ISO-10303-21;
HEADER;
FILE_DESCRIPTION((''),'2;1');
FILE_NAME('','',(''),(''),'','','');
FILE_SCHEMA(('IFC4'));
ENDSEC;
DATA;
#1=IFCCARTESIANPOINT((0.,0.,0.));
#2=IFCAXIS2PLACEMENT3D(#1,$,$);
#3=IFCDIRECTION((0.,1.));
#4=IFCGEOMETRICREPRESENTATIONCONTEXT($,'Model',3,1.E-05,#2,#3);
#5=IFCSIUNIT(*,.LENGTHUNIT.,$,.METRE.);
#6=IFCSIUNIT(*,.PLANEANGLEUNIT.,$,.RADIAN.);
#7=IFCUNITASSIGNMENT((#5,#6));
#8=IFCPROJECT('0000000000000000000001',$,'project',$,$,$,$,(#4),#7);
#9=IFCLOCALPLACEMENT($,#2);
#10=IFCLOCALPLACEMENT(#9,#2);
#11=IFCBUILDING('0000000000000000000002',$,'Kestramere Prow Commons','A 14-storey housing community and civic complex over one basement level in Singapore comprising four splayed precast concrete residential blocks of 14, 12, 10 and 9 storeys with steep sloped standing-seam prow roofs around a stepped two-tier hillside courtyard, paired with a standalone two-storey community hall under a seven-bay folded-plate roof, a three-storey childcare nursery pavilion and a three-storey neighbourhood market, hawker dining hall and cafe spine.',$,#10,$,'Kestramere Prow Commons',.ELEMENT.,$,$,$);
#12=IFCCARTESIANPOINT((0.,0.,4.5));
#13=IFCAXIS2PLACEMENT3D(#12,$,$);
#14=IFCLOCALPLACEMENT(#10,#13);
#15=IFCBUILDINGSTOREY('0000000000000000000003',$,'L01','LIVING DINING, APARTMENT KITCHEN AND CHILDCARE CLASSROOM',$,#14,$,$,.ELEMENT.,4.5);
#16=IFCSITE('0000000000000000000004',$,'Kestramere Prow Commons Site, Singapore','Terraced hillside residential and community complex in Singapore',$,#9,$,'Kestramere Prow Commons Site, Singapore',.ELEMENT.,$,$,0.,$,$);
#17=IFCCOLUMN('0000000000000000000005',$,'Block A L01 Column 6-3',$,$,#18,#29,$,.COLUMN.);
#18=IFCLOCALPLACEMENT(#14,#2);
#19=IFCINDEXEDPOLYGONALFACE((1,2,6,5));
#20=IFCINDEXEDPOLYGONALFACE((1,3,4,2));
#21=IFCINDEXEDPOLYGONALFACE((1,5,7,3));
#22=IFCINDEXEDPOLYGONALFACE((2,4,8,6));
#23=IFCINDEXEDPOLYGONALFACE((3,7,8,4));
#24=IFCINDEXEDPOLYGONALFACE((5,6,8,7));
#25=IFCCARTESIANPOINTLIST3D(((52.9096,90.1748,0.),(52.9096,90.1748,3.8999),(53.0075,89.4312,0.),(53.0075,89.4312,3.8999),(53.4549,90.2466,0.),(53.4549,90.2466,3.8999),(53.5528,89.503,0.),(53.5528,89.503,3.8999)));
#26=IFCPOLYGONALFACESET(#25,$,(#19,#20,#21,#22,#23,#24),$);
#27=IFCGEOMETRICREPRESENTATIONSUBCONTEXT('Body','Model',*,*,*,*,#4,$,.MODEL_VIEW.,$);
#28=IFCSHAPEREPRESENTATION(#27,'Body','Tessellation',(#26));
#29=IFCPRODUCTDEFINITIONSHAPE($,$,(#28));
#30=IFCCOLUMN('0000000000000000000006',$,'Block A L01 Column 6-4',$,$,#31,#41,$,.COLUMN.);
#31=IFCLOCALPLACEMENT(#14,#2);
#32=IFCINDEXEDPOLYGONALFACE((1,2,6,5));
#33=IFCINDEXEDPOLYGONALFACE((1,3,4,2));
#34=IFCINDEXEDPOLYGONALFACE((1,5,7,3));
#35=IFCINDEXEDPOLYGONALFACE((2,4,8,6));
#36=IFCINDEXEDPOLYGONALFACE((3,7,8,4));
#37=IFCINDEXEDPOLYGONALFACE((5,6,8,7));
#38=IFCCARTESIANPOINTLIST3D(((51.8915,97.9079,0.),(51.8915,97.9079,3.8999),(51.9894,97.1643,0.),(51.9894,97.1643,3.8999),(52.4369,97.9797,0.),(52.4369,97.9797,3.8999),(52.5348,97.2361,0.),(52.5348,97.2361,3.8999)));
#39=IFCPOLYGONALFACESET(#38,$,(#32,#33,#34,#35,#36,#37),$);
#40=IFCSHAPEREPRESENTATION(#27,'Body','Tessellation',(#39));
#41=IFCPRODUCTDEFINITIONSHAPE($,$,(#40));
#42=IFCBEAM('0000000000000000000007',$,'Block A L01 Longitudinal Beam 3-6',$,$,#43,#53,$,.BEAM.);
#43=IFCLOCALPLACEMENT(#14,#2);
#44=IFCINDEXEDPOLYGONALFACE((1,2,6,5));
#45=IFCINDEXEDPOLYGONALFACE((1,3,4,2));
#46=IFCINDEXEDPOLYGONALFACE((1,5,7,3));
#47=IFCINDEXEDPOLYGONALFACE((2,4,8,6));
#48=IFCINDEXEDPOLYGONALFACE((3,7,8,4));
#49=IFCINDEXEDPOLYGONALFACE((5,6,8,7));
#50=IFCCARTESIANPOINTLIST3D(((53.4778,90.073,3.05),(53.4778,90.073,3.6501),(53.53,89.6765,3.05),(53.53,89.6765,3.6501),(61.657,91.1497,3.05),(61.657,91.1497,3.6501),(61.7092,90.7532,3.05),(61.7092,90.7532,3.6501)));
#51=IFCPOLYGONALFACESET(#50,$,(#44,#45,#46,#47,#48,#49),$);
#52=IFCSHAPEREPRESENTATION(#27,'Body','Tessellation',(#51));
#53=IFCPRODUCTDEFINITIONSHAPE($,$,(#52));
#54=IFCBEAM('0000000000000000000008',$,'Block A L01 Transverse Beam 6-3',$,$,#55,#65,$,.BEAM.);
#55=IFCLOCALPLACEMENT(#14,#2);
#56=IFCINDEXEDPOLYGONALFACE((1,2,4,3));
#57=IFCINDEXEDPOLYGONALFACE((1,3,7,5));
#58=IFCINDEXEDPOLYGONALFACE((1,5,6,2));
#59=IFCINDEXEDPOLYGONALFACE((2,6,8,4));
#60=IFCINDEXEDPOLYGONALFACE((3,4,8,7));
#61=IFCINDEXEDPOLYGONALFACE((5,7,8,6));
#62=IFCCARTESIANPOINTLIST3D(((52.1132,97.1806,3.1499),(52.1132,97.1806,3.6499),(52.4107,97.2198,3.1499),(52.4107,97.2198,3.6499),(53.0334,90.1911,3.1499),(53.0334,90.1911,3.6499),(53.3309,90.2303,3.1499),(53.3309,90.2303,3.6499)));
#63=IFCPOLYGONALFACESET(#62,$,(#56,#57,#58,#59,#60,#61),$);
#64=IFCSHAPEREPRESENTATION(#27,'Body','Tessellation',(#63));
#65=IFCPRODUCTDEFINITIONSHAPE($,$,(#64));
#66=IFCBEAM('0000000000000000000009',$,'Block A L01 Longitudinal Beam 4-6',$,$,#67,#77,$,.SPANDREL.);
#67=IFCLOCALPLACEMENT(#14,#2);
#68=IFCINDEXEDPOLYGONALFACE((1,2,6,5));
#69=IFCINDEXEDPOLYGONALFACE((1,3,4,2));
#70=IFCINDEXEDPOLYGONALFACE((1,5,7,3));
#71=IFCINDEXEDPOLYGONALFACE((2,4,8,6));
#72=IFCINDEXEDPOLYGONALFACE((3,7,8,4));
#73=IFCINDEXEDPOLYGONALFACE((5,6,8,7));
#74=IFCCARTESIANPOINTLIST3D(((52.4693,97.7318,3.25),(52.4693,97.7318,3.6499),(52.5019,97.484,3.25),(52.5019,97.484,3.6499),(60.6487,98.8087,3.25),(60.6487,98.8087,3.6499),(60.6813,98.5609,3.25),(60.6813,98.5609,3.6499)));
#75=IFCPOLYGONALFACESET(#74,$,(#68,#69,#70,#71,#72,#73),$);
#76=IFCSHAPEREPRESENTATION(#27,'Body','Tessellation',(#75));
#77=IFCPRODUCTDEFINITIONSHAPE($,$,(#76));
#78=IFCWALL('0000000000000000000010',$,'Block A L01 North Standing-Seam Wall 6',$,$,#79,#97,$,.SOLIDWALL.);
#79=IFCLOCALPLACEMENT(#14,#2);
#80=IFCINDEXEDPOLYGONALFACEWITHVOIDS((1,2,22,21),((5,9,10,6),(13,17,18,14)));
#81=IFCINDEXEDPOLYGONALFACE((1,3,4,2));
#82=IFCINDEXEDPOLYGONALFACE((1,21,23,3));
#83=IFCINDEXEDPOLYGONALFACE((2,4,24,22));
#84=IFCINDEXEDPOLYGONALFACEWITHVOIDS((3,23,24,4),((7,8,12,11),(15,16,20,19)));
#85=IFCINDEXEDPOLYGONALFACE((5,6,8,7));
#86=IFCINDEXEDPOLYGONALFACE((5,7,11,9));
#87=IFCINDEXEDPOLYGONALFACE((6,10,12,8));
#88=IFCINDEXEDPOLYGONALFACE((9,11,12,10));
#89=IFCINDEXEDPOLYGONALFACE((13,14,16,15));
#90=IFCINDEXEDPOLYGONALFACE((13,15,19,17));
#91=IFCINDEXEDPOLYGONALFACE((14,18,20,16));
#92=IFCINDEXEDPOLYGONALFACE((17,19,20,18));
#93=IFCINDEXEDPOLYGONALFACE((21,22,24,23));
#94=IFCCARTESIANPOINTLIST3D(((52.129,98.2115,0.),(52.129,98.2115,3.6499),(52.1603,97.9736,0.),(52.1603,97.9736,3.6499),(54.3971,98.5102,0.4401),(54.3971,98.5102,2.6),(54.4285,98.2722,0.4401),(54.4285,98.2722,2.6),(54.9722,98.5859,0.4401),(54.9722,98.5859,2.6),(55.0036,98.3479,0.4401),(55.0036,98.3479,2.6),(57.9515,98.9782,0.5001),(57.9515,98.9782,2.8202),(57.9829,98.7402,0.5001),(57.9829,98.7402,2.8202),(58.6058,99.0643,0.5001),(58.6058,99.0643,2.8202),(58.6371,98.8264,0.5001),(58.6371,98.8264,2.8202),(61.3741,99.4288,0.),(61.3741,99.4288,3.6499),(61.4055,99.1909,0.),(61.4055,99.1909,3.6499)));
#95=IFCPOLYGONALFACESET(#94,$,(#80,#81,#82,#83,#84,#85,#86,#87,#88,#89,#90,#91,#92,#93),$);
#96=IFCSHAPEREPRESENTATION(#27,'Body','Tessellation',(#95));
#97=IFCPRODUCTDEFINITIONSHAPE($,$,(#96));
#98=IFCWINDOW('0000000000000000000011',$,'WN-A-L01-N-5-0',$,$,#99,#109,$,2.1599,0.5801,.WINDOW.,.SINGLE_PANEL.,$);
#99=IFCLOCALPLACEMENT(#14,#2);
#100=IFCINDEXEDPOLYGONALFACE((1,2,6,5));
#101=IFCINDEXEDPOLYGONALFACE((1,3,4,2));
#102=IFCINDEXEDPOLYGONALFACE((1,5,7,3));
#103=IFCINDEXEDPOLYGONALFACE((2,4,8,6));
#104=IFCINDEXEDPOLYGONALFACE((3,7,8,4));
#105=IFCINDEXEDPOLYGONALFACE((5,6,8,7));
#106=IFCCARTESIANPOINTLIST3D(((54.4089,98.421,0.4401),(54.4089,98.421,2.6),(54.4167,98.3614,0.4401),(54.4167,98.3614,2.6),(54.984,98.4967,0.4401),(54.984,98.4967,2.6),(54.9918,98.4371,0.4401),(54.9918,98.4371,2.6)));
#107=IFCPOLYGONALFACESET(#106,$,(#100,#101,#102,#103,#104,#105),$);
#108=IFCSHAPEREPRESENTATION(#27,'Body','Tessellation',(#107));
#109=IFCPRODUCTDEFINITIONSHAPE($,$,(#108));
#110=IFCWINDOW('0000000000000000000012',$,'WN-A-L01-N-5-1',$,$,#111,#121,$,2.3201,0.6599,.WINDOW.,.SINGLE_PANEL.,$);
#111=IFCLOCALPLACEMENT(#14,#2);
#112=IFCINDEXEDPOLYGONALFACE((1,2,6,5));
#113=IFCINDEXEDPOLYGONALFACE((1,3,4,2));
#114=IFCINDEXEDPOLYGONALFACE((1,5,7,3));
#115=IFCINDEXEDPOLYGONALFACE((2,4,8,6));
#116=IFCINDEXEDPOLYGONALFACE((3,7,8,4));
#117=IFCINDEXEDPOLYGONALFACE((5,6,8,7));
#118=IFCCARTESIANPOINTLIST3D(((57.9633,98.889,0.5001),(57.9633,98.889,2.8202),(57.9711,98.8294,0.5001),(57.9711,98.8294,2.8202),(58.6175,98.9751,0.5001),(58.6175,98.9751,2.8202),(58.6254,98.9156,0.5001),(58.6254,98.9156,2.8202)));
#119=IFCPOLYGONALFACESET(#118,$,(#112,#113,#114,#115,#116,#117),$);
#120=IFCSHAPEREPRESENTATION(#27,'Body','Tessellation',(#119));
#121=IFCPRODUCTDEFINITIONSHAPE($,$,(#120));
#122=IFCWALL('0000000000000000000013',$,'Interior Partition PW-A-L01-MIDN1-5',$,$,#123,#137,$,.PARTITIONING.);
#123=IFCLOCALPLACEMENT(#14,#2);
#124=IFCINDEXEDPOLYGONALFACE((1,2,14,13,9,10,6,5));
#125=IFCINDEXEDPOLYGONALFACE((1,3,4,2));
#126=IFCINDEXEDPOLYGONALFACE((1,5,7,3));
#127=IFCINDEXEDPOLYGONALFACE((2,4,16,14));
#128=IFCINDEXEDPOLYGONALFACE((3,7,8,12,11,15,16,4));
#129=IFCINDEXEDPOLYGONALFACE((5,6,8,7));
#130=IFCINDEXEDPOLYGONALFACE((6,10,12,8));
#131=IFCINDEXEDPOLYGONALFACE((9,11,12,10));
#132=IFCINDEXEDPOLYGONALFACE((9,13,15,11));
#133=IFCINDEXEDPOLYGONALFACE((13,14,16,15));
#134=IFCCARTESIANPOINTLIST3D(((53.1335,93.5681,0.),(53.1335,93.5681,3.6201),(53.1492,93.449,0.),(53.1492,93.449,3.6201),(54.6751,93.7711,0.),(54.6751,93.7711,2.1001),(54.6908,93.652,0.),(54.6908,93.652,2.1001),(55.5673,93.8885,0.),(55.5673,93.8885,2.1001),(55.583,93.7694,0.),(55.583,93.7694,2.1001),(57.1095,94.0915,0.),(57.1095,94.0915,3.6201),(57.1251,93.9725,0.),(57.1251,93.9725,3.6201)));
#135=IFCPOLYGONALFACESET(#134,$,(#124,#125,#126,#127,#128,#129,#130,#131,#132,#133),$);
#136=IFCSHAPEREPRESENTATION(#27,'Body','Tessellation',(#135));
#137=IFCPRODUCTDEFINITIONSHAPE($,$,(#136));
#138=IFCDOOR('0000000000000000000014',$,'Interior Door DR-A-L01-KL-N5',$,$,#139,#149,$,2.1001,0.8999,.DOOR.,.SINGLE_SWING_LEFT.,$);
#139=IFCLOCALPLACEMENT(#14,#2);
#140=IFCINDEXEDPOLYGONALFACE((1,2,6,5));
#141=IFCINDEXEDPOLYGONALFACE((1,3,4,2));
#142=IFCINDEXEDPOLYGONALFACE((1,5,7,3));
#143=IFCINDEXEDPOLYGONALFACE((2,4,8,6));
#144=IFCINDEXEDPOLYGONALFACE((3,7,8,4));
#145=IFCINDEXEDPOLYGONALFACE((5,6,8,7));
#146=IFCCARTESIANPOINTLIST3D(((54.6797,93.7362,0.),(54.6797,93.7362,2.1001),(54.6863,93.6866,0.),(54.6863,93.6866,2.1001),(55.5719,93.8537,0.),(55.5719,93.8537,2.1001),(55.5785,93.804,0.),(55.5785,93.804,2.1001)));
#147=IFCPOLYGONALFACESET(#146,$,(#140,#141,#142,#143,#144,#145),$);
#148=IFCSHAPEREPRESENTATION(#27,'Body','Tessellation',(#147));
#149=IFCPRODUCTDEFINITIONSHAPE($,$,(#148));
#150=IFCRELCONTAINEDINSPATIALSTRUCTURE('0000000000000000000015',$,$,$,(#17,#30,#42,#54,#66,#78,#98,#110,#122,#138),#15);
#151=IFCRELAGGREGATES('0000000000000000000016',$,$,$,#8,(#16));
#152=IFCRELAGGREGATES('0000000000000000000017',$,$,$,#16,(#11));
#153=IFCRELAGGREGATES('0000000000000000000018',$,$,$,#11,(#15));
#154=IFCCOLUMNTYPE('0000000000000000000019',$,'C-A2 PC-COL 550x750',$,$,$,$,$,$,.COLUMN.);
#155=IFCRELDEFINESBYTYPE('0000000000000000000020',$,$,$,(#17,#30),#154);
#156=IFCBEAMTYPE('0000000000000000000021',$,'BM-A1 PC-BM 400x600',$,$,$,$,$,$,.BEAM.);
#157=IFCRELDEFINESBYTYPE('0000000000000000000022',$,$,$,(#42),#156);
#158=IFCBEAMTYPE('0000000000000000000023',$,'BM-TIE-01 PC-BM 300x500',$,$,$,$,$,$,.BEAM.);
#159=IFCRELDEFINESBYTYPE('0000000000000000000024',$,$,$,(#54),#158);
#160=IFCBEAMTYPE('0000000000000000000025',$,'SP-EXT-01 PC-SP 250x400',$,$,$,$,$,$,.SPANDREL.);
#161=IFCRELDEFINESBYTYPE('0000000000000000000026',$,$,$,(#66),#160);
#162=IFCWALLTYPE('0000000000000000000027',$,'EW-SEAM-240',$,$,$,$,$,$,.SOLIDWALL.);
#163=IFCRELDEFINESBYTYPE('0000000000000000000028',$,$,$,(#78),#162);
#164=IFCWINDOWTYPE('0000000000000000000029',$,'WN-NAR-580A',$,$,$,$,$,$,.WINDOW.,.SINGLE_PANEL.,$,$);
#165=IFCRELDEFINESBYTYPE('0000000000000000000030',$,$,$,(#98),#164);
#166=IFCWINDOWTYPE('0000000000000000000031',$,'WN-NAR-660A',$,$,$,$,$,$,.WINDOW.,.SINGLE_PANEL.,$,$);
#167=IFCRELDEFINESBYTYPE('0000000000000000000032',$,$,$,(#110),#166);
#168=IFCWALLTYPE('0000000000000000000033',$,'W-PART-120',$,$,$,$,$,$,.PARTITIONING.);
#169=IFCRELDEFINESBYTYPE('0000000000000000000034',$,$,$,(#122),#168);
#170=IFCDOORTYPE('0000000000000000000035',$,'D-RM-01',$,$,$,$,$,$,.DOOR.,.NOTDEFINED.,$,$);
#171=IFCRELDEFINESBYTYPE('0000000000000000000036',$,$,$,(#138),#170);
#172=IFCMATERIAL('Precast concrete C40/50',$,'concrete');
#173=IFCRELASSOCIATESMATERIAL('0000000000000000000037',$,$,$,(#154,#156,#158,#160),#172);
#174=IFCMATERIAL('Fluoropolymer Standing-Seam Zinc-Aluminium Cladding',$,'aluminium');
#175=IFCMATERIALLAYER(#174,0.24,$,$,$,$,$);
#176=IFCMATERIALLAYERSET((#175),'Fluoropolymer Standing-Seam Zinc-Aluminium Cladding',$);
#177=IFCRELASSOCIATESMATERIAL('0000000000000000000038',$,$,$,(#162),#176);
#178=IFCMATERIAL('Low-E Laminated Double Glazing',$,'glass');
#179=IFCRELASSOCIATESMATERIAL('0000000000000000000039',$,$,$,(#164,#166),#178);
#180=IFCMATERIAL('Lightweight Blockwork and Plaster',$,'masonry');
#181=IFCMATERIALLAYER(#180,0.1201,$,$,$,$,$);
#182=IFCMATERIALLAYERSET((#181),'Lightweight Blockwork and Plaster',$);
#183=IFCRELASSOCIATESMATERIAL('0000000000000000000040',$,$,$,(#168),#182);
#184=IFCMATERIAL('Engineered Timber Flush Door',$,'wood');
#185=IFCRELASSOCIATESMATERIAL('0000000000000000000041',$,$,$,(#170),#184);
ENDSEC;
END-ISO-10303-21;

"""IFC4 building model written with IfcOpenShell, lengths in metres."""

from ifc_helpers import new_model, si_unit, direction, frame, frame_2d, origin, origin_2d, place, context, subcontext, project, spatial, rectangle, extrude, material, layer, layer_set, material_profile, profile_set, type_object, element, fill, save


model = new_model("IFC4")

# Units and contexts
model_context = context("Model", 3, precision=1e-05, world=origin(), true_north=direction((0.0, 1.0)))
body_context = subcontext(model_context, "Body", "Model", "MODEL_VIEW")
ifc_project = project(units=[si_unit("LENGTHUNIT", "METRE"), si_unit("PLANEANGLEUNIT", "RADIAN")], contexts=[model_context])

# Site, building, storey
site_placement = place(None, origin())
site = spatial("IfcSite", under=ifc_project, at=site_placement, Name="Kestramere Prow Commons Site, Singapore", Description="Terraced hillside residential and community complex in Singapore", LongName="Kestramere Prow Commons Site, Singapore", CompositionType="ELEMENT", RefElevation=0.0)
building_placement = place(site_placement, origin())
building = spatial("IfcBuilding", under=site, at=building_placement, Name="Kestramere Prow Commons", Description="A 14-storey housing community and civic complex over one basement level in Singapore comprising four splayed precast concrete residential blocks of 14, 12, 10 and 9 storeys with steep sloped standing-seam prow roofs around a stepped two-tier hillside courtyard, paired with a standalone two-storey community hall under a seven-bay folded-plate roof, a three-storey childcare nursery pavilion and a three-storey neighbourhood market, hawker dining hall and cafe spine.", LongName="Kestramere Prow Commons", CompositionType="ELEMENT")
storey_placement = place(building_placement, frame((0.0, 0.0, 4.5)))
storey = spatial("IfcBuildingStorey", under=building, at=storey_placement, Name="L01", Description="LIVING DINING, APARTMENT KITCHEN AND CHILDCARE CLASSROOM", CompositionType="ELEMENT", Elevation=4.5)

# Columns
ifc_material_1 = material(Name="Precast concrete C40/50", Category="concrete")
ifc_material_profile_1 = material_profile(ifc_material_1, rectangle(XDim=0.55, YDim=0.75, at=origin_2d()), Name="PC-COL 550x750")
ifc_profile_set_1 = profile_set([ifc_material_profile_1], Name="Precast concrete C40/50")
column_type = type_object("IfcColumnType", Name="C-A2 PC-COL 550x750", PredefinedType="COLUMN", material=ifc_profile_set_1)
for number, where, z_axis, x_axis, name in (
    (1, (53.2312, 89.8389, 0.0), (0.0, 0.0, 1.0), (0.991445, 0.130526, 0.0), "Block A L01 Column 6-3"),
    (2, (52.2131, 97.572, 0.0), (0.0, 0.0, 1.0), (0.991445, 0.130526, 0.0), "Block A L01 Column 6-4"),
):
    element("IfcColumn", number, at=place(storey_placement, frame(where, z_axis=z_axis, x_axis=x_axis)), inside=storey, type_object=column_type, Name=name, PredefinedType="COLUMN", context=body_context, shape_type="SweptSolid", body=[
        extrude(rectangle(XDim=0.55, YDim=0.75, at=origin_2d()), origin(), (0.0, 0.0, 1.0), 3.8999),
    ])

# Beams
ifc_material_profile_2 = material_profile(ifc_material_1, rectangle(XDim=0.3999, YDim=0.6001, at=origin_2d()), Name="PC-BM 400x600")
ifc_profile_set_2 = profile_set([ifc_material_profile_2], Name="Precast concrete C40/50")
beam_type_1 = type_object("IfcBeamType", Name="BM-A1 PC-BM 400x600", PredefinedType="BEAM", material=ifc_profile_set_2)
beam_1_placement = place(storey_placement, frame((53.5039, 89.8748, 3.3501), z_axis=(0.991447, 0.130508, 0.0), x_axis=(-0.130508, 0.991447, 0.0)))
element("IfcBeam", 3, at=beam_1_placement, inside=storey, type_object=beam_type_1, Name="Block A L01 Longitudinal Beam 3-6", PredefinedType="BEAM", context=body_context, shape_type="SweptSolid", body=[
    extrude(rectangle(XDim=0.3999, YDim=0.6001, at=origin_2d()), origin(), (0.0, 0.0, 1.0), 8.2498),
])
ifc_material_profile_3 = material_profile(ifc_material_1, rectangle(XDim=0.3, YDim=0.5, at=origin_2d()), Name="PC-BM 300x500")
ifc_profile_set_3 = profile_set([ifc_material_profile_3], Name="Precast concrete C40/50")
beam_type_2 = type_object("IfcBeamType", Name="BM-TIE-01 PC-BM 300x500", PredefinedType="BEAM", material=ifc_profile_set_3)
beam_2_placement = place(storey_placement, frame((53.1821, 90.2107, 3.3999), z_axis=(-0.130523, 0.991445, 0.0), x_axis=(-0.991445, -0.130523, 0.0)))
element("IfcBeam", 4, at=beam_2_placement, inside=storey, type_object=beam_type_2, Name="Block A L01 Transverse Beam 6-3", PredefinedType="BEAM", context=body_context, shape_type="SweptSolid", body=[
    extrude(rectangle(XDim=0.3, YDim=0.5, at=origin_2d()), origin(), (0.0, 0.0, 1.0), 7.0498),
])
ifc_material_profile_4 = material_profile(ifc_material_1, rectangle(XDim=0.25, YDim=0.3999, at=origin_2d()), Name="PC-SP 250x400")
ifc_profile_set_4 = profile_set([ifc_material_profile_4], Name="Precast concrete C40/50")
beam_type_3 = type_object("IfcBeamType", Name="SP-EXT-01 PC-SP 250x400", PredefinedType="SPANDREL", material=ifc_profile_set_4)
beam_3_placement = place(storey_placement, frame((52.4856, 97.6079, 3.45), z_axis=(0.991444, 0.130533, 0.0), x_axis=(-0.130533, 0.991444, 0.0)))
element("IfcBeam", 5, at=beam_3_placement, inside=storey, type_object=beam_type_3, Name="Block A L01 Longitudinal Beam 4-6", PredefinedType="SPANDREL", context=body_context, shape_type="SweptSolid", body=[
    extrude(rectangle(XDim=0.25, YDim=0.3999, at=origin_2d()), origin(), (0.0, 0.0, 1.0), 8.25),
])

# Wall, openings, windows
ifc_material_2 = material(Name="Fluoropolymer Standing-Seam Zinc-Aluminium Cladding", Category="aluminium")
ifc_layer_1 = layer(ifc_material_2, 0.24)
ifc_layer_set_1 = layer_set([ifc_layer_1], Name="Fluoropolymer Standing-Seam Zinc-Aluminium Cladding")
wall_type_1 = type_object("IfcWallType", Name="EW-SEAM-240", PredefinedType="SOLIDWALL", material=ifc_layer_set_1)
wall_1_placement = place(storey_placement, frame((52.1445, 98.0925, 0.0), z_axis=(0.0, 0.0, 1.0), x_axis=(0.991443, 0.130541, 0.0)))
wall_1 = element("IfcWall", 6, at=wall_1_placement, inside=storey, type_object=wall_type_1, Name="Block A L01 North Standing-Seam Wall 6", PredefinedType="SOLIDWALL", context=body_context, shape_type="SweptSolid", body=[
    extrude(rectangle(XDim=9.325, YDim=0.24, at=frame_2d((4.6626, 0.0))), origin(), (0.0, 0.0, 1.0), 3.6499),
])
opening_1_placement = place(wall_1_placement, frame((2.2878, 0.0, 0.4399)))
opening_1 = element("IfcOpeningElement", 7, at=opening_1_placement, cuts=wall_1, PredefinedType="OPENING", context=body_context, shape_type="SweptSolid", body=[
    extrude(rectangle(XDim=0.5801, YDim=2.1599, at=frame_2d((0.29, 1.0801))), frame((0.0, 0.135, 0.0), z_axis=(0.0, -1.0, 0.0), x_axis=(1.0, 0.0, 0.0)), (0.0, 0.0, 1.0), 0.27),
])
opening_2_placement = place(wall_1_placement, frame((5.8728, 0.0, 0.5)))
opening_2 = element("IfcOpeningElement", 8, at=opening_2_placement, cuts=wall_1, PredefinedType="OPENING", context=body_context, shape_type="SweptSolid", body=[
    extrude(rectangle(XDim=0.6599, YDim=2.3201, at=frame_2d((0.3301, 1.1602))), frame((0.0, 0.135, 0.0), z_axis=(0.0, -1.0, 0.0), x_axis=(1.0, 0.0, 0.0)), (0.0, 0.0, 1.0), 0.27),
])
ifc_material_3 = material(Name="Low-E Laminated Double Glazing", Category="glass")
window_type_1 = type_object("IfcWindowType", Name="WN-NAR-580A", PartitioningType="SINGLE_PANEL", PredefinedType="WINDOW", material=ifc_material_3)
window_1_placement = place(opening_1_placement, origin())
window_1 = element("IfcWindow", 9, at=window_1_placement, inside=storey, type_object=window_type_1, Name="WN-A-L01-N-5-0", OverallHeight=2.1599, OverallWidth=0.5801, PartitioningType="SINGLE_PANEL", PredefinedType="WINDOW", context=body_context, shape_type="SweptSolid", body=[
    extrude(rectangle(XDim=0.5801, YDim=2.1599, at=frame_2d((0.29, 1.0801))), frame((0.0, 0.03, 0.0), z_axis=(0.0, -1.0, 0.0), x_axis=(1.0, 0.0, 0.0)), (0.0, 0.0, 1.0), 0.0601),
])
fill(opening_1, window_1)
window_type_2 = type_object("IfcWindowType", Name="WN-NAR-660A", PartitioningType="SINGLE_PANEL", PredefinedType="WINDOW", material=ifc_material_3)
window_2_placement = place(opening_2_placement, origin())
window_2 = element("IfcWindow", 10, at=window_2_placement, inside=storey, type_object=window_type_2, Name="WN-A-L01-N-5-1", OverallHeight=2.3201, OverallWidth=0.6599, PartitioningType="SINGLE_PANEL", PredefinedType="WINDOW", context=body_context, shape_type="SweptSolid", body=[
    extrude(rectangle(XDim=0.6599, YDim=2.3201, at=frame_2d((0.3301, 1.1602))), frame((0.0, 0.03, 0.0), z_axis=(0.0, -1.0, 0.0), x_axis=(1.0, 0.0, 0.0)), (0.0, 0.0, 1.0), 0.0601),
])
fill(opening_2, window_2)

# Wall, opening, door
ifc_material_4 = material(Name="Lightweight Blockwork and Plaster", Category="masonry")
ifc_layer_2 = layer(ifc_material_4, 0.1201)
ifc_layer_set_2 = layer_set([ifc_layer_2], Name="Lightweight Blockwork and Plaster")
wall_type_2 = type_object("IfcWallType", Name="W-PART-120", PredefinedType="PARTITIONING", material=ifc_layer_set_2)
wall_2_placement = place(storey_placement, frame((53.1414, 93.5085, 0.0), z_axis=(0.0, 0.0, 1.0), x_axis=(0.991445, 0.130529, 0.0)))
wall_2 = element("IfcWall", 11, at=wall_2_placement, inside=storey, type_object=wall_type_2, Name="Interior Partition PW-A-L01-MIDN1-5", PredefinedType="PARTITIONING", context=body_context, shape_type="SweptSolid", body=[
    extrude(rectangle(XDim=4.0103, YDim=0.1201, at=frame_2d((2.0051, 0.0))), origin(), (0.0, 0.0, 1.0), 3.6201),
])
opening_3_placement = place(wall_2_placement, frame((1.5549, 0.0, 0.0)))
opening_3 = element("IfcOpeningElement", 12, at=opening_3_placement, cuts=wall_2, PredefinedType="OPENING", context=body_context, shape_type="SweptSolid", body=[
    extrude(rectangle(XDim=0.8999, YDim=2.1001, at=frame_2d((0.45, 1.05))), frame((0.0, 0.075, 0.0), z_axis=(0.0, -1.0, 0.0), x_axis=(1.0, 0.0, 0.0)), (0.0, 0.0, 1.0), 0.1501),
])
ifc_material_5 = material(Name="Engineered Timber Flush Door", Category="wood")
door_type_1 = type_object("IfcDoorType", Name="D-RM-01", OperationType="NOTDEFINED", PredefinedType="DOOR", material=ifc_material_5)
door_1_placement = place(opening_3_placement, origin())
door_1 = element("IfcDoor", 13, at=door_1_placement, inside=storey, type_object=door_type_1, Name="Interior Door DR-A-L01-KL-N5", OperationType="SINGLE_SWING_LEFT", OverallHeight=2.1001, OverallWidth=0.8999, PredefinedType="DOOR", context=body_context, shape_type="SweptSolid", body=[
    extrude(rectangle(XDim=0.8999, YDim=2.1001, at=frame_2d((0.45, 1.05))), frame((0.0, 0.0249, 0.0), z_axis=(0.0, -1.0, 0.0), x_axis=(1.0, 0.0, 0.0)), (0.0, 0.0, 1.0), 0.05),
])
fill(opening_3, door_1)

save(model, "model.ifc")
